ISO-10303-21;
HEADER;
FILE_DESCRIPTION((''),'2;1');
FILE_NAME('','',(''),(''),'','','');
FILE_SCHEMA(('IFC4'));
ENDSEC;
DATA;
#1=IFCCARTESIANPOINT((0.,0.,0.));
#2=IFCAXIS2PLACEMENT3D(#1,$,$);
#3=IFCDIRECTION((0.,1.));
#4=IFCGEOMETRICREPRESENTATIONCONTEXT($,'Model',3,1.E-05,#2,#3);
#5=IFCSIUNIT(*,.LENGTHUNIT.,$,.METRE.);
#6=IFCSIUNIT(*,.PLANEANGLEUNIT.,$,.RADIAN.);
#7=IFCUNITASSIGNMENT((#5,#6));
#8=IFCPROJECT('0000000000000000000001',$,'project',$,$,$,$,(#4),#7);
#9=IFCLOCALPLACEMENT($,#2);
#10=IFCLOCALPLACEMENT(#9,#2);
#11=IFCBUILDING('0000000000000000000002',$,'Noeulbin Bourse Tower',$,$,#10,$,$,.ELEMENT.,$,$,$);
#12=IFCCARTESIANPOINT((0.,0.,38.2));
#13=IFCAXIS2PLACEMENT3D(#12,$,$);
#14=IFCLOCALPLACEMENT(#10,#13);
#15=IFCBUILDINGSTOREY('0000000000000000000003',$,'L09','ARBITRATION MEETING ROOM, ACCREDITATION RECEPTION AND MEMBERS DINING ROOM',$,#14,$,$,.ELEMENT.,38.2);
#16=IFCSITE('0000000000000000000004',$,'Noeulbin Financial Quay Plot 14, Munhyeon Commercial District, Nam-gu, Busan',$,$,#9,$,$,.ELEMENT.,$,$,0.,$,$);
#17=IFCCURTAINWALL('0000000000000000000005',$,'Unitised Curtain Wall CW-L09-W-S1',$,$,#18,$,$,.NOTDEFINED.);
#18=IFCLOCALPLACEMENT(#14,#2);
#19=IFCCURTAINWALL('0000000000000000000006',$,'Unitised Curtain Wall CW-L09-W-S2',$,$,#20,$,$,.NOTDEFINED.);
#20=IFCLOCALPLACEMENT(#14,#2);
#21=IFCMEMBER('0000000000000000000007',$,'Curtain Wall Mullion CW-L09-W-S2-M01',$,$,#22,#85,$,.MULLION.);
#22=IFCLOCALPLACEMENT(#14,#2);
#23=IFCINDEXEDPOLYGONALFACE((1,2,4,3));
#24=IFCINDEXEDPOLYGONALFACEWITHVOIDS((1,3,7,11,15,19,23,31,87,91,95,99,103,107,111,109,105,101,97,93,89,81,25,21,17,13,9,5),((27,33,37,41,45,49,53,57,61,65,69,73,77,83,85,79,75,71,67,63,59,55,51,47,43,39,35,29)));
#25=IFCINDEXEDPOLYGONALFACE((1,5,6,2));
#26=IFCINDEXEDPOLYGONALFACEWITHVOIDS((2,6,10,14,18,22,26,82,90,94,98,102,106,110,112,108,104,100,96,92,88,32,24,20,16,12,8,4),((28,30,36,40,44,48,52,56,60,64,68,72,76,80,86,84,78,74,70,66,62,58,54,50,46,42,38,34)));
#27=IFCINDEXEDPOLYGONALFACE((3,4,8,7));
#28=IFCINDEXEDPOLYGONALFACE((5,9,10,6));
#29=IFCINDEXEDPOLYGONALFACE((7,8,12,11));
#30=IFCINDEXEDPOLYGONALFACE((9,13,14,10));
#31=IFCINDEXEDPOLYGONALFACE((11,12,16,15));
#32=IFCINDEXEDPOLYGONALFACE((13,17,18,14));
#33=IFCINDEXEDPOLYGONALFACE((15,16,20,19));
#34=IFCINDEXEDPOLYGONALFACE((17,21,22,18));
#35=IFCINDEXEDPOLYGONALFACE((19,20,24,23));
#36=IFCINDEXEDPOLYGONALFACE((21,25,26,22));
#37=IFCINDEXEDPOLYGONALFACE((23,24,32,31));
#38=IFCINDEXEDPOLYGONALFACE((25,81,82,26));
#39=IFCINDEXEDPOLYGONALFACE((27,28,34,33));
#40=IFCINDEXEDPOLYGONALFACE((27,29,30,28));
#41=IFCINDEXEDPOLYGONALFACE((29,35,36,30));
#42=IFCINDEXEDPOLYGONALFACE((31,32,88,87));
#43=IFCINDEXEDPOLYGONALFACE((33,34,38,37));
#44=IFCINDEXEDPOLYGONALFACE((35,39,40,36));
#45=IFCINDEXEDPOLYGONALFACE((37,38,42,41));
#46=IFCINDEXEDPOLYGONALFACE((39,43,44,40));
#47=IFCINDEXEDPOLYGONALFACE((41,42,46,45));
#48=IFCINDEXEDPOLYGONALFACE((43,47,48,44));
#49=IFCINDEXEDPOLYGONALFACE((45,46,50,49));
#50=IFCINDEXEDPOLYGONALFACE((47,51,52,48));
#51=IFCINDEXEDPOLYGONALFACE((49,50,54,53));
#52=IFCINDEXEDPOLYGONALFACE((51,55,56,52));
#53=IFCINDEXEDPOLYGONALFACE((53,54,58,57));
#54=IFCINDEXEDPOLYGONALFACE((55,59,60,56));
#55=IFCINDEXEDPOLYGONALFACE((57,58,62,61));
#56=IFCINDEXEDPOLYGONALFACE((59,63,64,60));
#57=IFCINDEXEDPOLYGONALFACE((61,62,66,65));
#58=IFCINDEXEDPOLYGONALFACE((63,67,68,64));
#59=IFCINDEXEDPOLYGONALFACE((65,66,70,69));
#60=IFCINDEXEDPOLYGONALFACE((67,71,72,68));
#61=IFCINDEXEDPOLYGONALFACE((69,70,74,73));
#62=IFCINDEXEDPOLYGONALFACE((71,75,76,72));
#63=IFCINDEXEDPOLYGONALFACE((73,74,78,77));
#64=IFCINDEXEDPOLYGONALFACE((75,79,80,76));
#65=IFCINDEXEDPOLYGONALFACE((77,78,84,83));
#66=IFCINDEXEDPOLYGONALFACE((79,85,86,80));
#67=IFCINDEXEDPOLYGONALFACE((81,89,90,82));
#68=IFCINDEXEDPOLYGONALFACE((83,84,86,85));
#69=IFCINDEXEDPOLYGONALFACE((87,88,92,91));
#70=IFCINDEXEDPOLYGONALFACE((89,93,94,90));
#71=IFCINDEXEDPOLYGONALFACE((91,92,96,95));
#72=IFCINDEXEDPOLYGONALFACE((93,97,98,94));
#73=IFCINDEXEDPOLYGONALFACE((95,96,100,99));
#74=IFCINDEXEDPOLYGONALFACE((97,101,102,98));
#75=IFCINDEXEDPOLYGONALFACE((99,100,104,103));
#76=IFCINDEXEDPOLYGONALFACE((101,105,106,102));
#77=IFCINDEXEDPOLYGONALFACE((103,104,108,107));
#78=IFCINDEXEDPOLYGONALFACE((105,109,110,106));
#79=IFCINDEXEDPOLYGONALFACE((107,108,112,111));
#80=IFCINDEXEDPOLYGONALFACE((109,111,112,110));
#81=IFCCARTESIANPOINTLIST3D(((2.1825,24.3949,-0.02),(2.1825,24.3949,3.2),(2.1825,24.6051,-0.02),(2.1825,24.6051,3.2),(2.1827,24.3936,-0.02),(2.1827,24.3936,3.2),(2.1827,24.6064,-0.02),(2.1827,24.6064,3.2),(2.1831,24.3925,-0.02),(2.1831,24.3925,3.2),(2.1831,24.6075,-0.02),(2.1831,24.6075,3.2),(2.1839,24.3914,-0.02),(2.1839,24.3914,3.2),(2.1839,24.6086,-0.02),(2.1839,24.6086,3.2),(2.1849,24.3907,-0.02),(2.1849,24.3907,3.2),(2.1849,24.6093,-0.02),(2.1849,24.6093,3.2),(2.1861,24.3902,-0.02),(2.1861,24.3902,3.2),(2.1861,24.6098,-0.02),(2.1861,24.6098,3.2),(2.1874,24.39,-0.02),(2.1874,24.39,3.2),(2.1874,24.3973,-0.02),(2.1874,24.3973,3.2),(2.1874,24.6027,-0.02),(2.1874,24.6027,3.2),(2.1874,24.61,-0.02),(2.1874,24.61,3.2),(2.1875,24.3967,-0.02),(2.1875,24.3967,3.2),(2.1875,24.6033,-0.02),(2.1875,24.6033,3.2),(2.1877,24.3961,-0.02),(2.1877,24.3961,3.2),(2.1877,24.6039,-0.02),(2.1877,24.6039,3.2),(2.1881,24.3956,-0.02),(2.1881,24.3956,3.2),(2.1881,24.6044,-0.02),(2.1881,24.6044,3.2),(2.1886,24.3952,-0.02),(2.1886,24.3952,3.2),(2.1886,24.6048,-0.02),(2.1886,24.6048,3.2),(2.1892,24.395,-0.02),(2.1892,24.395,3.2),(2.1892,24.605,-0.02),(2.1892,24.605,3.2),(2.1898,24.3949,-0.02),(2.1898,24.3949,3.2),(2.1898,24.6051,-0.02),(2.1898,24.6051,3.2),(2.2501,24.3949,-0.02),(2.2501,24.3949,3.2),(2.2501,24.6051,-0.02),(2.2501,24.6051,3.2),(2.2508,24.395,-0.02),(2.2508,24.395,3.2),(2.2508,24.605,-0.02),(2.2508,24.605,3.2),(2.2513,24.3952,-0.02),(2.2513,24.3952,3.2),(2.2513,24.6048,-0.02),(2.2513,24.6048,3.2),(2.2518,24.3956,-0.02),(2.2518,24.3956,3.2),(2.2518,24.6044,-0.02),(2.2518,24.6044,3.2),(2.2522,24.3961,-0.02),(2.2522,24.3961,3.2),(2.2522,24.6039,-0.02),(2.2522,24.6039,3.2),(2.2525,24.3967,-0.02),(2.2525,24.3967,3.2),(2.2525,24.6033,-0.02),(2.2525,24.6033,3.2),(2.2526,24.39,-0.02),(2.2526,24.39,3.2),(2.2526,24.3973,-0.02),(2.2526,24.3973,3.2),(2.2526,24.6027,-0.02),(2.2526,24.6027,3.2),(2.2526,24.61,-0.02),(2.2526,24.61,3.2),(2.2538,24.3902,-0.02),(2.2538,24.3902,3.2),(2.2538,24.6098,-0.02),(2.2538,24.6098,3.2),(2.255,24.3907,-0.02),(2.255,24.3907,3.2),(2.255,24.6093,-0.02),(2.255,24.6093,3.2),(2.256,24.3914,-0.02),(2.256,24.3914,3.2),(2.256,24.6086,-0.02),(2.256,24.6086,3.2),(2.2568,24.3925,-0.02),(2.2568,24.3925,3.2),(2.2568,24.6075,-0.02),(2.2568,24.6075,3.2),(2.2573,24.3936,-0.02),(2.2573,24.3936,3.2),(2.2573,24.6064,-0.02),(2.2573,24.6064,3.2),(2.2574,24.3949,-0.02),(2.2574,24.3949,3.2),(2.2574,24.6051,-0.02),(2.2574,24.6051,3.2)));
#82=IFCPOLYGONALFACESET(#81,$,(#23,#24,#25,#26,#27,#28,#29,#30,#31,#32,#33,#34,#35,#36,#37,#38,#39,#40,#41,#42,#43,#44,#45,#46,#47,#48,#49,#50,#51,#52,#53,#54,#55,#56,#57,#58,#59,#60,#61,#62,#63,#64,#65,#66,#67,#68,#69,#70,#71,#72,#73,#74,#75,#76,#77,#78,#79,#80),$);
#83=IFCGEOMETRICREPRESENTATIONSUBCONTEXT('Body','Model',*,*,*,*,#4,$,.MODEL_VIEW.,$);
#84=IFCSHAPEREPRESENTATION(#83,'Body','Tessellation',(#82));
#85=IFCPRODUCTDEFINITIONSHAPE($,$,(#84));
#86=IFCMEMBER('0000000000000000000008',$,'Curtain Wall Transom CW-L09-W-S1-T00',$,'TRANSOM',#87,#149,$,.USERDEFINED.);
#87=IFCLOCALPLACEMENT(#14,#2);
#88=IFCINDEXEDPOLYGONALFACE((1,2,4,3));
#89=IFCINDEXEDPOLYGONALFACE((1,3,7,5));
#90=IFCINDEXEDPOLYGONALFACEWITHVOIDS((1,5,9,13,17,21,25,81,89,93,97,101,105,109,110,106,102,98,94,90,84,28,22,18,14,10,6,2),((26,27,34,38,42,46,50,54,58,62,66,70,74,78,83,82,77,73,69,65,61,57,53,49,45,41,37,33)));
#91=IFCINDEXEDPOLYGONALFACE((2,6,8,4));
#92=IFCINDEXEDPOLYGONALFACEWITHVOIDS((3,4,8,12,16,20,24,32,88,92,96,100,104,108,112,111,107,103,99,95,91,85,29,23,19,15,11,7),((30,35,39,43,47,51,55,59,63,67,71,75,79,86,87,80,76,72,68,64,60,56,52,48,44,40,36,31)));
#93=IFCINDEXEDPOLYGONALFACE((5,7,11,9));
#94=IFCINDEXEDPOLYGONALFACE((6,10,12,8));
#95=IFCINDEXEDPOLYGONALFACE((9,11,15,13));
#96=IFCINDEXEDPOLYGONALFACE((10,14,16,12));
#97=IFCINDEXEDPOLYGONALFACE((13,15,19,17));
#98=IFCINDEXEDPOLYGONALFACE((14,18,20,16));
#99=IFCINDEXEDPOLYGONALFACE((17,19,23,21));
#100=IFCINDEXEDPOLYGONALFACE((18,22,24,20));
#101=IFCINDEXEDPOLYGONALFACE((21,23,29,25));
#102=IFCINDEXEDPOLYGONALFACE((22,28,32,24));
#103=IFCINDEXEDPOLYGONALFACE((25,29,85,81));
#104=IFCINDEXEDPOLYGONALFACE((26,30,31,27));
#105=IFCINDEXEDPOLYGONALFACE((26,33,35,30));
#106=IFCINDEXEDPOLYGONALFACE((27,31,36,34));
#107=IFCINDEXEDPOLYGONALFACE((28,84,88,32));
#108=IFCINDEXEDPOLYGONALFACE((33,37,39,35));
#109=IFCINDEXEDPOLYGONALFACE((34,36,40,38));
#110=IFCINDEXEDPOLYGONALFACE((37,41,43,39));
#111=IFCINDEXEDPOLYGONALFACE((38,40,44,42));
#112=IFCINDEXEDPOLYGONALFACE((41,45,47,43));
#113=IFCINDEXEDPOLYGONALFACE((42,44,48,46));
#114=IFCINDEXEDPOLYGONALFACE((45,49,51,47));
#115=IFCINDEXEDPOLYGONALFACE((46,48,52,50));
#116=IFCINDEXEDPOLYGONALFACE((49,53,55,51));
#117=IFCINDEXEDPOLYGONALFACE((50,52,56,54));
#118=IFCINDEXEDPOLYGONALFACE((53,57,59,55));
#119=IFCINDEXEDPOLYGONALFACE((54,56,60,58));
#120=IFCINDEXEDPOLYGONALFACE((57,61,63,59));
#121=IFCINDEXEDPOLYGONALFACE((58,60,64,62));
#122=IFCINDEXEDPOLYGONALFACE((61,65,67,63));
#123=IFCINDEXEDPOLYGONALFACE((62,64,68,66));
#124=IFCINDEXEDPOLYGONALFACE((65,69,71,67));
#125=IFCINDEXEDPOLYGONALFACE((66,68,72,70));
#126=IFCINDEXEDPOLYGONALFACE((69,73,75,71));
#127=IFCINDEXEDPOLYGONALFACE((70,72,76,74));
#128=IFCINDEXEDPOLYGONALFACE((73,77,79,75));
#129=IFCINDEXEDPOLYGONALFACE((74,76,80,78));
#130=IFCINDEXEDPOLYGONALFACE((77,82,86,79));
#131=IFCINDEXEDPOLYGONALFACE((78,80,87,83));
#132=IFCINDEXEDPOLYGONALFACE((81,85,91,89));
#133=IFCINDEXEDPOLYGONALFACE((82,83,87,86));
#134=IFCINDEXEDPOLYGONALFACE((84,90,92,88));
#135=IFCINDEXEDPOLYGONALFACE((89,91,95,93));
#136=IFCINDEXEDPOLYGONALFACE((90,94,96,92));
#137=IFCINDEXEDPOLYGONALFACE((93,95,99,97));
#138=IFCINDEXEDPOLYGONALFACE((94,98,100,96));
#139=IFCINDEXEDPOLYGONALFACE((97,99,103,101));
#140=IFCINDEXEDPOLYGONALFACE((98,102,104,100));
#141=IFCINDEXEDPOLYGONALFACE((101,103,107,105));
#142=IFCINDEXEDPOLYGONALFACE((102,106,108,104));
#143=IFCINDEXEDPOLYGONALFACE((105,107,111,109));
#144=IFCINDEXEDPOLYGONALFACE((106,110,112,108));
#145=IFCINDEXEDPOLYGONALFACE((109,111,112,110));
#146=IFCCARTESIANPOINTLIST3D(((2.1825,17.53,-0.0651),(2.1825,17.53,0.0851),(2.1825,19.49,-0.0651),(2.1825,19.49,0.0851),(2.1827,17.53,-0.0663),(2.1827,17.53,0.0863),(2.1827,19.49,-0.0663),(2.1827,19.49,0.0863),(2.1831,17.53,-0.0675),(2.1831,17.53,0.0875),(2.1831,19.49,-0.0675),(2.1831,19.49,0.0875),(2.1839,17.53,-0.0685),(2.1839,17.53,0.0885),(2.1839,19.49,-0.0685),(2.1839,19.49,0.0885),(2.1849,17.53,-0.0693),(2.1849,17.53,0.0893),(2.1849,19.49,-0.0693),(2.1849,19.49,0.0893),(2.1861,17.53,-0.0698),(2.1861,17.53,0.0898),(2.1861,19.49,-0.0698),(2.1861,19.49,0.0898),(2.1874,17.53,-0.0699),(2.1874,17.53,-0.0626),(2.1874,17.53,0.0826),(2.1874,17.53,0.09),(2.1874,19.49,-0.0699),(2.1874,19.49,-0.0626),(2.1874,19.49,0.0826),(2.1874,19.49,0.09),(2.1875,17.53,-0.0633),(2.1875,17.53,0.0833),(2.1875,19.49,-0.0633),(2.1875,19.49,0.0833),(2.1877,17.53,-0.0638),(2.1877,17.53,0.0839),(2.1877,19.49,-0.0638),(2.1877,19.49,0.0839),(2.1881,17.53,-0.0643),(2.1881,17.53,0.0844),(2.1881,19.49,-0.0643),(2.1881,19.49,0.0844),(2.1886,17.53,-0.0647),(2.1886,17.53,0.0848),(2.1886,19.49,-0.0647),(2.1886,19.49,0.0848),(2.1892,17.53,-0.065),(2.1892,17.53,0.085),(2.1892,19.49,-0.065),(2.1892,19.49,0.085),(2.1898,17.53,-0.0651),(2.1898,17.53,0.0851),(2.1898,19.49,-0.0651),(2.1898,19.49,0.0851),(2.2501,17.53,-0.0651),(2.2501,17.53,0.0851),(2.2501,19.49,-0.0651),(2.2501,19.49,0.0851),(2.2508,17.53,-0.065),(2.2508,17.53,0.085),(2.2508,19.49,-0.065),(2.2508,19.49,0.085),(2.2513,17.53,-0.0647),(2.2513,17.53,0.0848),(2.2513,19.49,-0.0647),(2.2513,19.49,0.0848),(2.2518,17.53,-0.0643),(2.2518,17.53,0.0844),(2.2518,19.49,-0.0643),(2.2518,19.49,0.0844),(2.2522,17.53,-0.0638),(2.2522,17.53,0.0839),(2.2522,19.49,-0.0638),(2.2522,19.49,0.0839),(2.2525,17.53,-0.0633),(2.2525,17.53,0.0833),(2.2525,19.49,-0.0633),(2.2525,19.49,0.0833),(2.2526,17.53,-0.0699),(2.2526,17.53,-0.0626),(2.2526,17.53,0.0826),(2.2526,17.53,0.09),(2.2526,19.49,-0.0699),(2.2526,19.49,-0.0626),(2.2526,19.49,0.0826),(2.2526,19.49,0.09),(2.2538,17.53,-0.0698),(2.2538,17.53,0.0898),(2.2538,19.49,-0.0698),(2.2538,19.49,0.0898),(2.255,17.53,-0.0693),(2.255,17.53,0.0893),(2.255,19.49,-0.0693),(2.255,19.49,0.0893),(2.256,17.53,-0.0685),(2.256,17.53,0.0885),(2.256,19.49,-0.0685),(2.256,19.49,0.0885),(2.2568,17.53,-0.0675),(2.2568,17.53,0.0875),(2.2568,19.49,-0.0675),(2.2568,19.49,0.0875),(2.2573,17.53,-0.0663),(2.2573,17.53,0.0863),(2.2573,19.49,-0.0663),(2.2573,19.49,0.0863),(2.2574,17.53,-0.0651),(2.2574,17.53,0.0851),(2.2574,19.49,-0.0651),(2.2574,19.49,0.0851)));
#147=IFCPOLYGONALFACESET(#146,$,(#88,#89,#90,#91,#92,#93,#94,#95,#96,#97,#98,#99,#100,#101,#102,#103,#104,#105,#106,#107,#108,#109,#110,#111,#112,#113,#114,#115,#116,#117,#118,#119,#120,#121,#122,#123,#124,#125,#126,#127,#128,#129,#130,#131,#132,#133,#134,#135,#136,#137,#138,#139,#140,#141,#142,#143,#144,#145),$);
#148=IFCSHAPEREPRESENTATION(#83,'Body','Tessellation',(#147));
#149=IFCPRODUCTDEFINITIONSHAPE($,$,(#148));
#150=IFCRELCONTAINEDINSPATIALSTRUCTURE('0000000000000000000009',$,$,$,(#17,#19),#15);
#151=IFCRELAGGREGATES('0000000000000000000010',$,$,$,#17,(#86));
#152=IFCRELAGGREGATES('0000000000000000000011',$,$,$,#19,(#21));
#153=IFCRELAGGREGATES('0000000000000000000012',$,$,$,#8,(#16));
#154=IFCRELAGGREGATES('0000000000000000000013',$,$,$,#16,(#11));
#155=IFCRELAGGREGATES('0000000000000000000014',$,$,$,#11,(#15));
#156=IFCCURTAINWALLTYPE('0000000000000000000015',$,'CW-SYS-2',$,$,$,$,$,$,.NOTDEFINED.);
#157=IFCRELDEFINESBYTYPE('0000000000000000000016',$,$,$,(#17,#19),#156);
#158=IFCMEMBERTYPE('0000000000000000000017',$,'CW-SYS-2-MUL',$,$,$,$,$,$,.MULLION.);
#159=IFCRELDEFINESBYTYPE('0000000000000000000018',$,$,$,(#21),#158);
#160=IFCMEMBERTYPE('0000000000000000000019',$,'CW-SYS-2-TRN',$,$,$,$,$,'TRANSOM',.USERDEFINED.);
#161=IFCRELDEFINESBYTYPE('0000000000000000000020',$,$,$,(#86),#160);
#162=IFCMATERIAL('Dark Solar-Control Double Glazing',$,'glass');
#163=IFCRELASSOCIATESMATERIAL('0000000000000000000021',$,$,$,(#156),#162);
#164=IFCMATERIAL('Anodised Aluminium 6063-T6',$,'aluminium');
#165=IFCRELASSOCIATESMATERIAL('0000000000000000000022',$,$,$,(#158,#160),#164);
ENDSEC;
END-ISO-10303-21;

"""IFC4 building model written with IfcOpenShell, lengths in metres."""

from ifc_helpers import new_model, si_unit, direction, frame, origin, origin_2d, place, context, subcontext, project, spatial, hollow_rectangle, extrude, material, material_profile, profile_set, type_object, element, aggregate, save


model = new_model("IFC4")

# Units and contexts
model_context = context("Model", 3, precision=1e-05, world=origin(), true_north=direction((0.0, 1.0)))
body_context = subcontext(model_context, "Body", "Model", "MODEL_VIEW")
ifc_project = project(units=[si_unit("LENGTHUNIT", "METRE"), si_unit("PLANEANGLEUNIT", "RADIAN")], contexts=[model_context])

# Site, building, storey
site_placement = place(None, origin())
site = spatial("IfcSite", under=ifc_project, at=site_placement, Name="Noeulbin Financial Quay Plot 14, Munhyeon Commercial District, Nam-gu, Busan", CompositionType="ELEMENT", RefElevation=0.0)
building_placement = place(site_placement, origin())
building = spatial("IfcBuilding", under=site, at=building_placement, Name="Noeulbin Bourse Tower", CompositionType="ELEMENT")
storey_placement = place(building_placement, frame((0.0, 0.0, 38.2)))
storey = spatial("IfcBuildingStorey", under=building, at=storey_placement, Name="L09", Description="ARBITRATION MEETING ROOM, ACCREDITATION RECEPTION AND MEMBERS DINING ROOM", CompositionType="ELEMENT", Elevation=38.2)

# Curtain wall
ifc_material_1 = material(Name="Dark Solar-Control Double Glazing", Category="glass")
curtain_wall_type = type_object("IfcCurtainWallType", Name="CW-SYS-2", PredefinedType="NOTDEFINED", material=ifc_material_1)
curtain_wall_1_placement = place(storey_placement, origin())
curtain_wall_1 = element("IfcCurtainWall", 1, at=curtain_wall_1_placement, inside=storey, type_object=curtain_wall_type, Name="Unitised Curtain Wall CW-L09-W-S1", PredefinedType="NOTDEFINED")
ifc_material_2 = material(Name="Anodised Aluminium 6063-T6", Category="aluminium")
ifc_material_profile_1 = material_profile(ifc_material_2, hollow_rectangle(XDim=0.075, YDim=0.22, WallThickness=0.0049, InnerFilletRadius=0.0024, OuterFilletRadius=0.0049, at=origin_2d()), Name="ALU-MULL-75x220x5", Category="LoadBearing")
ifc_profile_set_1 = profile_set([ifc_material_profile_1], Name="Anodised Aluminium 6063-T6")
member_type_1 = type_object("IfcMemberType", Name="CW-SYS-2-MUL", PredefinedType="MULLION", material=ifc_profile_set_1)

# Curtain wall, member
curtain_wall_2_placement = place(storey_placement, origin())
curtain_wall_2 = element("IfcCurtainWall", 2, at=curtain_wall_2_placement, inside=storey, type_object=curtain_wall_type, Name="Unitised Curtain Wall CW-L09-W-S2", PredefinedType="NOTDEFINED")
member_1_placement = place(storey_placement, frame((2.22, 24.5, -0.02), z_axis=(0.0, 0.0, 1.0), x_axis=(1.0, 0.0, 0.0)))
member_1 = element("IfcMember", 3, at=member_1_placement, type_object=member_type_1, Name="Curtain Wall Mullion CW-L09-W-S2-M01", PredefinedType="MULLION", context=body_context, shape_type="SweptSolid", body=[
    extrude(hollow_rectangle(XDim=0.075, YDim=0.22, WallThickness=0.0049, InnerFilletRadius=0.0024, OuterFilletRadius=0.0049, at=origin_2d()), origin(), (0.0, 0.0, 1.0), 3.22),
])

# Member
ifc_material_profile_2 = material_profile(ifc_material_2, hollow_rectangle(XDim=0.075, YDim=0.1599, WallThickness=0.0049, InnerFilletRadius=0.0024, OuterFilletRadius=0.0049, at=origin_2d()), Name="ALU-TRAN-75x160x5", Category="LoadBearing")
ifc_profile_set_2 = profile_set([ifc_material_profile_2], Name="Anodised Aluminium 6063-T6")
member_type_2 = type_object("IfcMemberType", Name="CW-SYS-2-TRN", ElementType="TRANSOM", PredefinedType="USERDEFINED", material=ifc_profile_set_2)
member_2_placement = place(storey_placement, frame((2.22, 17.53, 0.01), z_axis=(0.0, 1.0, 0.0), x_axis=(-1.0, 0.0, 0.0)))
member_2 = element("IfcMember", 4, at=member_2_placement, type_object=member_type_2, Name="Curtain Wall Transom CW-L09-W-S1-T00", ObjectType="TRANSOM", PredefinedType="USERDEFINED", context=body_context, shape_type="SweptSolid", body=[
    extrude(hollow_rectangle(XDim=0.075, YDim=0.1599, WallThickness=0.0049, InnerFilletRadius=0.0024, OuterFilletRadius=0.0049, at=origin_2d()), origin(), (0.0, 0.0, 1.0), 1.96),
])

aggregate(curtain_wall_1, [member_2])
aggregate(curtain_wall_2, [member_1])

save(model, "model.ifc")
